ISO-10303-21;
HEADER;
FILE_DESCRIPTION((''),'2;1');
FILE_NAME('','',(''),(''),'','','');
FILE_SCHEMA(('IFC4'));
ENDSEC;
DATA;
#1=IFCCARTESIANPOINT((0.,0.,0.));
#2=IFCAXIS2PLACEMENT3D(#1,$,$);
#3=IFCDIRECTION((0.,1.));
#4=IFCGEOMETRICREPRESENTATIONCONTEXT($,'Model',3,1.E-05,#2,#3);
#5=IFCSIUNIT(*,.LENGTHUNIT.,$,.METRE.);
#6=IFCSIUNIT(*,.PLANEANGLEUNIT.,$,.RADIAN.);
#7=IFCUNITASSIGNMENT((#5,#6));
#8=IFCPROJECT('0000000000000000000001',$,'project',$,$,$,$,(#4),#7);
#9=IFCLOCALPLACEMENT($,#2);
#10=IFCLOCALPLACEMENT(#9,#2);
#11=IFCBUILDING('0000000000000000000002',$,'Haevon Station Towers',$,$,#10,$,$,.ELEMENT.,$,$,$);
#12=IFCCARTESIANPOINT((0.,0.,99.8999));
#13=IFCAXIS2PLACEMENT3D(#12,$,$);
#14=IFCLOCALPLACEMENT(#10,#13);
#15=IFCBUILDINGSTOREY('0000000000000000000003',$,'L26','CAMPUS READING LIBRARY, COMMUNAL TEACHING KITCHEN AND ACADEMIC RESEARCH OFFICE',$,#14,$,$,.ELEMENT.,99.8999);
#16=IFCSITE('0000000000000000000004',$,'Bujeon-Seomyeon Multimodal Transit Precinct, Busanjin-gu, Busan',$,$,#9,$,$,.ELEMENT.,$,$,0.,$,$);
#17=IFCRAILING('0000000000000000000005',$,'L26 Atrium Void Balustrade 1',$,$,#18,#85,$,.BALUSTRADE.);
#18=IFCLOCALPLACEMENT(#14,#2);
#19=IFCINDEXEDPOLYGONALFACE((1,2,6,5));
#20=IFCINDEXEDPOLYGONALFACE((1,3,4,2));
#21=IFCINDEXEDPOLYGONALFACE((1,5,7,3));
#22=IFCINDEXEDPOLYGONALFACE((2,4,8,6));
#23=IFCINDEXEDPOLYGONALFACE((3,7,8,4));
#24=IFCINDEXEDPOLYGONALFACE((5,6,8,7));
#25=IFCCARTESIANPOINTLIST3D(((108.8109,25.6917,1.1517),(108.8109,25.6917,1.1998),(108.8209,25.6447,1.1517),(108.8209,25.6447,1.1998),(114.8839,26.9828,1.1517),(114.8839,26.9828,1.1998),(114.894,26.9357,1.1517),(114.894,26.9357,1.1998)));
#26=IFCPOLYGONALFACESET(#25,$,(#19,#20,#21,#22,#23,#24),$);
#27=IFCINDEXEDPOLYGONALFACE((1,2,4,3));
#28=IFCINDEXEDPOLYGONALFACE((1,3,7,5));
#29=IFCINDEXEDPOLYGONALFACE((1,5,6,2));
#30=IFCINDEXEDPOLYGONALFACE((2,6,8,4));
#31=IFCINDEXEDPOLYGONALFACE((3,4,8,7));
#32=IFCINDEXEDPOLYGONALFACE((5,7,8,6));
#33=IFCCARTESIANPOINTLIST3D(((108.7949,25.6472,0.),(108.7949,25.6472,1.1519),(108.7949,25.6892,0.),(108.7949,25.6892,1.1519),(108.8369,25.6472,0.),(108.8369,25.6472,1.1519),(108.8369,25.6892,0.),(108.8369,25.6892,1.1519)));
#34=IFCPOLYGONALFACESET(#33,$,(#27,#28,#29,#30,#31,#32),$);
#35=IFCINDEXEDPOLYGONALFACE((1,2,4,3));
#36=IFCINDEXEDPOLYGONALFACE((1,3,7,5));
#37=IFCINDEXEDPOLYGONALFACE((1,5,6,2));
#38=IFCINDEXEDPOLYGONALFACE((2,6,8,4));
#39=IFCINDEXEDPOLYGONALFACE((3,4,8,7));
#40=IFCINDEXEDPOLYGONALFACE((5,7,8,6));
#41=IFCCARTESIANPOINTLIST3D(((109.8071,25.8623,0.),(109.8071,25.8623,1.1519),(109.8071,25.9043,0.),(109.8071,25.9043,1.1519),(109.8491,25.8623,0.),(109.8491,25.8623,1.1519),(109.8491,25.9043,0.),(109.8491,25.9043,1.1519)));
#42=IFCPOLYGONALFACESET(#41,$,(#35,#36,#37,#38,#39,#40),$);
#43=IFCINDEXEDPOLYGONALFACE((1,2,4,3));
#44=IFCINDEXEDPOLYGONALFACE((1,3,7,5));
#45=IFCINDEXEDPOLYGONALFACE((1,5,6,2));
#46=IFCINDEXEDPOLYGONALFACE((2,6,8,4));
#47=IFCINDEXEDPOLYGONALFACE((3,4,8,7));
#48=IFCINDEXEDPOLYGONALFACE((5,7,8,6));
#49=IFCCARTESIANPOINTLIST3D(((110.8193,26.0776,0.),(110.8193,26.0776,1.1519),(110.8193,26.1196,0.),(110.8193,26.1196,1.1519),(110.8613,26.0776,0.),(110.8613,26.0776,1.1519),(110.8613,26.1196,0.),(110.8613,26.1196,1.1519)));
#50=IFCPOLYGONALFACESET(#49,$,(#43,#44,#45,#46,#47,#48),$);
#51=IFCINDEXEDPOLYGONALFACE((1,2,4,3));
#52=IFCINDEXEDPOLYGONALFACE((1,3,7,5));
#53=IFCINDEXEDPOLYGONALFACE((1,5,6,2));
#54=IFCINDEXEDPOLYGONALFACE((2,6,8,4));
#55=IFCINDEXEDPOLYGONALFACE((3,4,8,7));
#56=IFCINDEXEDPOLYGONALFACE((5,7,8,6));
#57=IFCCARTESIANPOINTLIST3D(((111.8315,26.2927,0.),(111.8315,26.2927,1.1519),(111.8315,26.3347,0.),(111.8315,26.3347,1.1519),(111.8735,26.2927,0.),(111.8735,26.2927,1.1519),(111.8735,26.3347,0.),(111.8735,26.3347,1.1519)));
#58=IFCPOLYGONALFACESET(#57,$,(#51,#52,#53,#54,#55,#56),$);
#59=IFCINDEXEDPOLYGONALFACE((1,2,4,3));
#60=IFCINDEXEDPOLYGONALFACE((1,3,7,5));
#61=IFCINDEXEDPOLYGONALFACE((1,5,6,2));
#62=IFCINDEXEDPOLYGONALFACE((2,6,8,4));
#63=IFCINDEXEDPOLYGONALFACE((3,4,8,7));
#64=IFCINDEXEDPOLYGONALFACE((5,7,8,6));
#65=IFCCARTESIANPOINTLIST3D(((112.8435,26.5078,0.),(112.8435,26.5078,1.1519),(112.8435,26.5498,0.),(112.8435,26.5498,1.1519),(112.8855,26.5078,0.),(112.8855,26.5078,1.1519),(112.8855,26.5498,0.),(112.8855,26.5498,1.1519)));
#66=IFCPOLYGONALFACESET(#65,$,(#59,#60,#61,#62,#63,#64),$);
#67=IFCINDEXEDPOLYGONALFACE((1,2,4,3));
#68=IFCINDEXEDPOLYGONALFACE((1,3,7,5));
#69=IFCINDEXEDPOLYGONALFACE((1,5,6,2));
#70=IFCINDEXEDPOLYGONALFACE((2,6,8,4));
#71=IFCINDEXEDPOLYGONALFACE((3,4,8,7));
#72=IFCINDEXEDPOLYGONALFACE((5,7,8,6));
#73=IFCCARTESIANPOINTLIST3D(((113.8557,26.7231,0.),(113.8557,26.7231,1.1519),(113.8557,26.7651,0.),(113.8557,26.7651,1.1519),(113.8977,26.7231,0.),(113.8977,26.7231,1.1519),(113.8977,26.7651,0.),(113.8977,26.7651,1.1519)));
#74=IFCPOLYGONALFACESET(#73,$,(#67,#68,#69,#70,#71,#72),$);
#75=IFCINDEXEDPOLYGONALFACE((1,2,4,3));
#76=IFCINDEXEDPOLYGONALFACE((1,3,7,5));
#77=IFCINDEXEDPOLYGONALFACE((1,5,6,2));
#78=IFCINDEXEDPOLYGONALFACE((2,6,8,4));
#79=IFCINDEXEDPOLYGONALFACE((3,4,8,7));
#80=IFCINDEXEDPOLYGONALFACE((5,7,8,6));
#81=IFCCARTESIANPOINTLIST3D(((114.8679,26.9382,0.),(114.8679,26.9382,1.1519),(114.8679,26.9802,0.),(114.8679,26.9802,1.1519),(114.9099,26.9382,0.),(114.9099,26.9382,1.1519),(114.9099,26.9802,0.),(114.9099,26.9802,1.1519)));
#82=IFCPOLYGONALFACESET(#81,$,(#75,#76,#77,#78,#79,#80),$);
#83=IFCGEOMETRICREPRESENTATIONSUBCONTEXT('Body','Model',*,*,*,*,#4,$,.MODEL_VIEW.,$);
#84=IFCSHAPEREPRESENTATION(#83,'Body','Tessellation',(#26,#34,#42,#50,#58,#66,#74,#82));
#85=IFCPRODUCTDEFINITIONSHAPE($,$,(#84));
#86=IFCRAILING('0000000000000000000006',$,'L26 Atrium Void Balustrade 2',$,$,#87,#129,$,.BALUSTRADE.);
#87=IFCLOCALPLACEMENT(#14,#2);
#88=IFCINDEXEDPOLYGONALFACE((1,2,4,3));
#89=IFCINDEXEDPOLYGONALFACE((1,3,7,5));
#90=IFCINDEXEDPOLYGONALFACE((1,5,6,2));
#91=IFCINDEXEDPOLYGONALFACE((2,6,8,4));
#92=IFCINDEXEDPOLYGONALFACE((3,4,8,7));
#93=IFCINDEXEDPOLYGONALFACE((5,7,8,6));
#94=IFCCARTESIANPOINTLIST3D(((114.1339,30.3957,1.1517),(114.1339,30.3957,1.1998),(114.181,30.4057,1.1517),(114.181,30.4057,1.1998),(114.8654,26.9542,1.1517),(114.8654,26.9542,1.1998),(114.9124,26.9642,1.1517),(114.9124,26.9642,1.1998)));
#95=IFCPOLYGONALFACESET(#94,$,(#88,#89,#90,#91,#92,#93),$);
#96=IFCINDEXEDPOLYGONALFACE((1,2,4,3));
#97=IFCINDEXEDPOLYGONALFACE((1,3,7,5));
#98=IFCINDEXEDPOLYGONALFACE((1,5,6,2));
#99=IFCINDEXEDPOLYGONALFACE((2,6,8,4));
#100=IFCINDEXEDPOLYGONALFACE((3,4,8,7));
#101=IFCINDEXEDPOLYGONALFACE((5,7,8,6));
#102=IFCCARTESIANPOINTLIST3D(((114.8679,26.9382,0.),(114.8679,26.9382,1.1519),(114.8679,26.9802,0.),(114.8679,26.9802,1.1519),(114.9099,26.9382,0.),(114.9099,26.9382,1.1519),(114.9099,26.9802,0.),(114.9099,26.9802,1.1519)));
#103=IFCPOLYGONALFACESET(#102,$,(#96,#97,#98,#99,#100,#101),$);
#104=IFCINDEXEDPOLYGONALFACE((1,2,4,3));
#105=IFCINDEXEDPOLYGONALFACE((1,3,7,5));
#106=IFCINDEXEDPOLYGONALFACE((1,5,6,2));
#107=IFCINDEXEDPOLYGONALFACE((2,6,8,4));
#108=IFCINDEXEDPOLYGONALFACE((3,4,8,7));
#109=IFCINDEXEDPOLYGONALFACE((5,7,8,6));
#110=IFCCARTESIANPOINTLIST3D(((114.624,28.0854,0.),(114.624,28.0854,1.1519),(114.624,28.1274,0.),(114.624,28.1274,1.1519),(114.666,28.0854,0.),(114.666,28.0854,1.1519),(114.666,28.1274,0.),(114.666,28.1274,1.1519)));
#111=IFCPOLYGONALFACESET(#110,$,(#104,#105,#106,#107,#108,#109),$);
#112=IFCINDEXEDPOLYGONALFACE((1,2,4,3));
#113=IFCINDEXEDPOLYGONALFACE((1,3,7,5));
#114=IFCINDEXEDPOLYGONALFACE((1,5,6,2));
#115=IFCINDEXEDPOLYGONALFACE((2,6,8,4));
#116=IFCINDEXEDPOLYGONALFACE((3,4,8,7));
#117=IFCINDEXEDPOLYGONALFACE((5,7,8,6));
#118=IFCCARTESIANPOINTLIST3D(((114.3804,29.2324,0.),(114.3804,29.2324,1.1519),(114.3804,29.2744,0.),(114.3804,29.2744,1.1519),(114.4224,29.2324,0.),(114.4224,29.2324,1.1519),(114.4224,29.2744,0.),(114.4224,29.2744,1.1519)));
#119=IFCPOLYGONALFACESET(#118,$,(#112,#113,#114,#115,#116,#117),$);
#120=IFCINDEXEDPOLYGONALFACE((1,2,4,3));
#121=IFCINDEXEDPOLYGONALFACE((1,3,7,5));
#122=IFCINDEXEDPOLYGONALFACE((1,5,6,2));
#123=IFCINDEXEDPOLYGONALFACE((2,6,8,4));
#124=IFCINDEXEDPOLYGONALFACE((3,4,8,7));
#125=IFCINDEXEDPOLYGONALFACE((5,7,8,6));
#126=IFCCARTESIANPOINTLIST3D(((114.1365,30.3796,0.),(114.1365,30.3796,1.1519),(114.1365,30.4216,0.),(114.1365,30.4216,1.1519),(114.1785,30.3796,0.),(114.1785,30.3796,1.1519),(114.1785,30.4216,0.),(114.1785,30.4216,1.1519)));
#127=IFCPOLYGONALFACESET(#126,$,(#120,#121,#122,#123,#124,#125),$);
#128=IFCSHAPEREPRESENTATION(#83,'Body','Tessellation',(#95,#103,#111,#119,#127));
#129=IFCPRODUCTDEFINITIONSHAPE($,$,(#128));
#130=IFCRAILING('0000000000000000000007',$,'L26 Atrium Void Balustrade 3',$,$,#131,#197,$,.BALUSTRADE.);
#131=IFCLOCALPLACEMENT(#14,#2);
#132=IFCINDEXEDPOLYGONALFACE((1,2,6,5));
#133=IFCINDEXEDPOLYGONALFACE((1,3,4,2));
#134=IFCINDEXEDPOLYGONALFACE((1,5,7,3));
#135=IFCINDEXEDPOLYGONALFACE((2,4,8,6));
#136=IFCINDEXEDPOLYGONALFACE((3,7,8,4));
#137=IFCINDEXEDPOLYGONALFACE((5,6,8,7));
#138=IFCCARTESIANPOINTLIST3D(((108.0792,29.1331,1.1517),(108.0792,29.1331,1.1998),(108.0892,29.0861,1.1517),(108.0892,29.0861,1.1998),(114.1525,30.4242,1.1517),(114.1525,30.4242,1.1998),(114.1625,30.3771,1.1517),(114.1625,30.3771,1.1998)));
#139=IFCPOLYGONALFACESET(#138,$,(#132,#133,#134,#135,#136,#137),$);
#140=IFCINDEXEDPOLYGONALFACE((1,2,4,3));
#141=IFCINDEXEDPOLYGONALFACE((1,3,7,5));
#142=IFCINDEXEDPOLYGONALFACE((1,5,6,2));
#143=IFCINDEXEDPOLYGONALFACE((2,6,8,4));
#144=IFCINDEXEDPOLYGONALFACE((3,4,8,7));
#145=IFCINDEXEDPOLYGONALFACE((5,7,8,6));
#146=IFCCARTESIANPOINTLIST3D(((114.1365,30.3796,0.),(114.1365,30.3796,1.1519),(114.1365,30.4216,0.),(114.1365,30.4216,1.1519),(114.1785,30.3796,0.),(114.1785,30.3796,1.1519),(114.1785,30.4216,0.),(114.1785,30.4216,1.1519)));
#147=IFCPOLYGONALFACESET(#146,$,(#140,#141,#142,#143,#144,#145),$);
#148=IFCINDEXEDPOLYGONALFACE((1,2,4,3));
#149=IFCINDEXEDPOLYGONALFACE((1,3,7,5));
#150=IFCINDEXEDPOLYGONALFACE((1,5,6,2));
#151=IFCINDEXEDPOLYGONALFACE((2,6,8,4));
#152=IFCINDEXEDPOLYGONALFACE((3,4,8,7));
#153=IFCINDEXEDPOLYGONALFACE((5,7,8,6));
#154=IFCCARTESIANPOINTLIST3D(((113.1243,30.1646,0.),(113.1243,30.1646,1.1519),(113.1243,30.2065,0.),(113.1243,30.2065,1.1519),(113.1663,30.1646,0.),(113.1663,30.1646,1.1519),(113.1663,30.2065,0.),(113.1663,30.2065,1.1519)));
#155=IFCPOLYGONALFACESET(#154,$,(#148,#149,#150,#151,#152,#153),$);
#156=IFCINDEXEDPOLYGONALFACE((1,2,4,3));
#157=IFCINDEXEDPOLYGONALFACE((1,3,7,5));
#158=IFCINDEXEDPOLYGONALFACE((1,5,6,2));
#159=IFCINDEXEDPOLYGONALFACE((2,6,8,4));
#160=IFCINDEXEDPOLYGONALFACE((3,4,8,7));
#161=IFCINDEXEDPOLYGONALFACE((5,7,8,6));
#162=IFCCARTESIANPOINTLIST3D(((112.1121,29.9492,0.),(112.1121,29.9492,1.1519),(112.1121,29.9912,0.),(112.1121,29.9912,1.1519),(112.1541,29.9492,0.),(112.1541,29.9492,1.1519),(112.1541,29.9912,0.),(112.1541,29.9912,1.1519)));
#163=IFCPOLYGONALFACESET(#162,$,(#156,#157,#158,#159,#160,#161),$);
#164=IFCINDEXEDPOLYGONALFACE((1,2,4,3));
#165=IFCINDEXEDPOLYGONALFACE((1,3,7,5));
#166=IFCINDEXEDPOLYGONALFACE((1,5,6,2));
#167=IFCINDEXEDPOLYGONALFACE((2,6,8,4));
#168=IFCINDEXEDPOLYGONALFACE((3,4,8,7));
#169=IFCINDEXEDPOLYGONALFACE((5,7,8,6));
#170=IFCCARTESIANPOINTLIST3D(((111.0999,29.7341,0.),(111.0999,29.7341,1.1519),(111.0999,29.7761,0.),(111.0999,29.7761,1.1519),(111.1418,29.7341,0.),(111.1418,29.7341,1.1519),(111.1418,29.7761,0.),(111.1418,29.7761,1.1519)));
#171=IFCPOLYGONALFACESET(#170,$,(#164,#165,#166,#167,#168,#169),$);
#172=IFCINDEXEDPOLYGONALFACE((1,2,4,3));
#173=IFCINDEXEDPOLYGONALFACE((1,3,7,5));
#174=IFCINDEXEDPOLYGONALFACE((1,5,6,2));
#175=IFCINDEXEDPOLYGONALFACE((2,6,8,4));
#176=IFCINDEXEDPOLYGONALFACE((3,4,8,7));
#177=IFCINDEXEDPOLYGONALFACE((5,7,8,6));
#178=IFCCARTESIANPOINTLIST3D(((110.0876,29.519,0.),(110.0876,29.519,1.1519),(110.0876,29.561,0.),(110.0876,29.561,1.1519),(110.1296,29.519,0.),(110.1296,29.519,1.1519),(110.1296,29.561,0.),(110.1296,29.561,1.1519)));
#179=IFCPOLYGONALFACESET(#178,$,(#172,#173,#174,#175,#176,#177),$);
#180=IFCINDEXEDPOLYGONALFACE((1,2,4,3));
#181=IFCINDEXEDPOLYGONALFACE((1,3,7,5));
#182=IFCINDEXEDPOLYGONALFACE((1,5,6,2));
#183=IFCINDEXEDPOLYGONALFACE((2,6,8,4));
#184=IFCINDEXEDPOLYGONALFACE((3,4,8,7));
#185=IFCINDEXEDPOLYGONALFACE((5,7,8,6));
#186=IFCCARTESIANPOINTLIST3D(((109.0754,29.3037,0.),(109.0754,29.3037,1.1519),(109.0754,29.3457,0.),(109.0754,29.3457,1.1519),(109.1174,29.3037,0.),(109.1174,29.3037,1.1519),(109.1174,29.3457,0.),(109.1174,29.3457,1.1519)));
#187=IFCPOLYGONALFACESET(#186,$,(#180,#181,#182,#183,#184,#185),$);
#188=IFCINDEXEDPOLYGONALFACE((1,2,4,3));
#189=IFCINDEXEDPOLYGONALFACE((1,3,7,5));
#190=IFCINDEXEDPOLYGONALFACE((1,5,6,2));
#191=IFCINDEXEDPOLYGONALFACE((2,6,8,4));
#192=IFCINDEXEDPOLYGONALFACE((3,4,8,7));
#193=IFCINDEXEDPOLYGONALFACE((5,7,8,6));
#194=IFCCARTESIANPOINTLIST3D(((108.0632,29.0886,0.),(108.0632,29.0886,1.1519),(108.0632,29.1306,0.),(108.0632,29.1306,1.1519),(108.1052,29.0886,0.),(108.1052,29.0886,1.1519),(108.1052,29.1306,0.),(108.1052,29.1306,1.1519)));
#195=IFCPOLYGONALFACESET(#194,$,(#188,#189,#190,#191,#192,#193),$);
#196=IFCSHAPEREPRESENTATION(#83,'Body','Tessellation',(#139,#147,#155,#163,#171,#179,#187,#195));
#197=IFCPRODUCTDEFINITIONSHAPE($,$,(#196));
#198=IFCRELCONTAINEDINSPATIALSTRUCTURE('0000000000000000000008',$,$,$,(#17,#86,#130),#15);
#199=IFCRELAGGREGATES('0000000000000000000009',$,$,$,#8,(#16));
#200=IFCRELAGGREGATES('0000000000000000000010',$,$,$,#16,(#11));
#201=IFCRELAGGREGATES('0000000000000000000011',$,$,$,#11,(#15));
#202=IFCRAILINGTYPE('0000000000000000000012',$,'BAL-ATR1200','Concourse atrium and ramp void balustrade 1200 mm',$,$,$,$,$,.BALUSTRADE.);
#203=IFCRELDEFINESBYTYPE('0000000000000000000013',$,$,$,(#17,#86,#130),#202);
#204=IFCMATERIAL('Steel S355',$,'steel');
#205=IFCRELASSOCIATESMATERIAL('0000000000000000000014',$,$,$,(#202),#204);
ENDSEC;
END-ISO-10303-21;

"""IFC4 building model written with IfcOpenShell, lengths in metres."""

from ifc_helpers import new_model, si_unit, direction, frame, origin, origin_2d, place, context, subcontext, project, spatial, rectangle, extrude, material, type_object, element, save


model = new_model("IFC4")

# Units and contexts
model_context = context("Model", 3, precision=1e-05, world=origin(), true_north=direction((0.0, 1.0)))
body_context = subcontext(model_context, "Body", "Model", "MODEL_VIEW")
ifc_project = project(units=[si_unit("LENGTHUNIT", "METRE"), si_unit("PLANEANGLEUNIT", "RADIAN")], contexts=[model_context])

# Site, building, storey
site_placement = place(None, origin())
site = spatial("IfcSite", under=ifc_project, at=site_placement, Name="Bujeon-Seomyeon Multimodal Transit Precinct, Busanjin-gu, Busan", CompositionType="ELEMENT", RefElevation=0.0)
building_placement = place(site_placement, origin())
building = spatial("IfcBuilding", under=site, at=building_placement, Name="Haevon Station Towers", CompositionType="ELEMENT")
storey_placement = place(building_placement, frame((0.0, 0.0, 99.8999)))
storey = spatial("IfcBuildingStorey", under=building, at=storey_placement, Name="L26", Description="CAMPUS READING LIBRARY, COMMUNAL TEACHING KITCHEN AND ACADEMIC RESEARCH OFFICE", CompositionType="ELEMENT", Elevation=99.8999)

# Shared definitions
ifc_material_1 = material(Name="Steel S355", Category="steel")

# Railings
railing_type = type_object("IfcRailingType", Name="BAL-ATR1200", Description="Concourse atrium and ramp void balustrade 1200 mm", PredefinedType="BALUSTRADE", material=ifc_material_1)
railing_1_placement = place(storey_placement, frame((108.8159, 25.6682, 0.0)))
element("IfcRailing", 1, at=railing_1_placement, inside=storey, type_object=railing_type, Name="L26 Atrium Void Balustrade 1", PredefinedType="BALUSTRADE", context=body_context, shape_type="SweptSolid", body=[
    extrude(rectangle(XDim=0.0481, YDim=0.0481, at=origin_2d()), frame((0.0, 0.0, 1.1758), z_axis=(0.978142, 0.207936, 0.0), x_axis=(-0.207936, 0.978142, 0.0)), (0.0, 0.0, 1.0), 6.2087),
    extrude(rectangle(XDim=0.042, YDim=0.042, at=origin_2d()), origin(), (0.0, 0.0, 1.0), 1.1519),
    extrude(rectangle(XDim=0.042, YDim=0.042, at=origin_2d()), frame((1.0122, 0.2151, 0.0)), (0.0, 0.0, 1.0), 1.1519),
    extrude(rectangle(XDim=0.042, YDim=0.042, at=origin_2d()), frame((2.0244, 0.4304, 0.0)), (0.0, 0.0, 1.0), 1.1519),
    extrude(rectangle(XDim=0.042, YDim=0.042, at=origin_2d()), frame((3.0366, 0.6455, 0.0)), (0.0, 0.0, 1.0), 1.1519),
    extrude(rectangle(XDim=0.042, YDim=0.042, at=origin_2d()), frame((4.0486, 0.8606, 0.0)), (0.0, 0.0, 1.0), 1.1519),
    extrude(rectangle(XDim=0.042, YDim=0.042, at=origin_2d()), frame((5.0608, 1.0759, 0.0)), (0.0, 0.0, 1.0), 1.1519),
    extrude(rectangle(XDim=0.042, YDim=0.042, at=origin_2d()), frame((6.073, 1.291, 0.0)), (0.0, 0.0, 1.0), 1.1519),
])
railing_2_placement = place(storey_placement, frame((114.8889, 26.9592, 0.0)))
element("IfcRailing", 2, at=railing_2_placement, inside=storey, type_object=railing_type, Name="L26 Atrium Void Balustrade 2", PredefinedType="BALUSTRADE", context=body_context, shape_type="SweptSolid", body=[
    extrude(rectangle(XDim=0.0481, YDim=0.0481, at=origin_2d()), frame((0.0, 0.0, 1.1758), z_axis=(-0.207899, 0.97815, 0.0), x_axis=(-0.97815, -0.207899, 0.0)), (0.0, 0.0, 1.0), 3.5183),
    extrude(rectangle(XDim=0.042, YDim=0.042, at=origin_2d()), origin(), (0.0, 0.0, 1.0), 1.1519),
    extrude(rectangle(XDim=0.042, YDim=0.042, at=origin_2d()), frame((-0.2439, 1.1472, 0.0)), (0.0, 0.0, 1.0), 1.1519),
    extrude(rectangle(XDim=0.042, YDim=0.042, at=origin_2d()), frame((-0.4875, 2.2942, 0.0)), (0.0, 0.0, 1.0), 1.1519),
    extrude(rectangle(XDim=0.042, YDim=0.042, at=origin_2d()), frame((-0.7314, 3.4414, 0.0)), (0.0, 0.0, 1.0), 1.1519),
])
railing_3_placement = place(storey_placement, frame((114.1575, 30.4006, 0.0)))
element("IfcRailing", 3, at=railing_3_placement, inside=storey, type_object=railing_type, Name="L26 Atrium Void Balustrade 3", PredefinedType="BALUSTRADE", context=body_context, shape_type="SweptSolid", body=[
    extrude(rectangle(XDim=0.0481, YDim=0.0481, at=origin_2d()), frame((0.0, 0.0, 1.1758), z_axis=(-0.978144, -0.207928, 0.0), x_axis=(0.207928, -0.978144, 0.0)), (0.0, 0.0, 1.0), 6.209),
    extrude(rectangle(XDim=0.042, YDim=0.042, at=origin_2d()), origin(), (0.0, 0.0, 1.0), 1.1519),
    extrude(rectangle(XDim=0.042, YDim=0.042, at=origin_2d()), frame((-1.0122, -0.2151, 0.0)), (0.0, 0.0, 1.0), 1.1519),
    extrude(rectangle(XDim=0.042, YDim=0.042, at=origin_2d()), frame((-2.0244, -0.4304, 0.0)), (0.0, 0.0, 1.0), 1.1519),
    extrude(rectangle(XDim=0.042, YDim=0.042, at=origin_2d()), frame((-3.0366, -0.6455, 0.0)), (0.0, 0.0, 1.0), 1.1519),
    extrude(rectangle(XDim=0.042, YDim=0.042, at=origin_2d()), frame((-4.0488, -0.8606, 0.0)), (0.0, 0.0, 1.0), 1.1519),
    extrude(rectangle(XDim=0.042, YDim=0.042, at=origin_2d()), frame((-5.061, -1.0759, 0.0)), (0.0, 0.0, 1.0), 1.1519),
    extrude(rectangle(XDim=0.042, YDim=0.042, at=origin_2d()), frame((-6.0732, -1.291, 0.0)), (0.0, 0.0, 1.0), 1.1519),
])

save(model, "model.ifc")
